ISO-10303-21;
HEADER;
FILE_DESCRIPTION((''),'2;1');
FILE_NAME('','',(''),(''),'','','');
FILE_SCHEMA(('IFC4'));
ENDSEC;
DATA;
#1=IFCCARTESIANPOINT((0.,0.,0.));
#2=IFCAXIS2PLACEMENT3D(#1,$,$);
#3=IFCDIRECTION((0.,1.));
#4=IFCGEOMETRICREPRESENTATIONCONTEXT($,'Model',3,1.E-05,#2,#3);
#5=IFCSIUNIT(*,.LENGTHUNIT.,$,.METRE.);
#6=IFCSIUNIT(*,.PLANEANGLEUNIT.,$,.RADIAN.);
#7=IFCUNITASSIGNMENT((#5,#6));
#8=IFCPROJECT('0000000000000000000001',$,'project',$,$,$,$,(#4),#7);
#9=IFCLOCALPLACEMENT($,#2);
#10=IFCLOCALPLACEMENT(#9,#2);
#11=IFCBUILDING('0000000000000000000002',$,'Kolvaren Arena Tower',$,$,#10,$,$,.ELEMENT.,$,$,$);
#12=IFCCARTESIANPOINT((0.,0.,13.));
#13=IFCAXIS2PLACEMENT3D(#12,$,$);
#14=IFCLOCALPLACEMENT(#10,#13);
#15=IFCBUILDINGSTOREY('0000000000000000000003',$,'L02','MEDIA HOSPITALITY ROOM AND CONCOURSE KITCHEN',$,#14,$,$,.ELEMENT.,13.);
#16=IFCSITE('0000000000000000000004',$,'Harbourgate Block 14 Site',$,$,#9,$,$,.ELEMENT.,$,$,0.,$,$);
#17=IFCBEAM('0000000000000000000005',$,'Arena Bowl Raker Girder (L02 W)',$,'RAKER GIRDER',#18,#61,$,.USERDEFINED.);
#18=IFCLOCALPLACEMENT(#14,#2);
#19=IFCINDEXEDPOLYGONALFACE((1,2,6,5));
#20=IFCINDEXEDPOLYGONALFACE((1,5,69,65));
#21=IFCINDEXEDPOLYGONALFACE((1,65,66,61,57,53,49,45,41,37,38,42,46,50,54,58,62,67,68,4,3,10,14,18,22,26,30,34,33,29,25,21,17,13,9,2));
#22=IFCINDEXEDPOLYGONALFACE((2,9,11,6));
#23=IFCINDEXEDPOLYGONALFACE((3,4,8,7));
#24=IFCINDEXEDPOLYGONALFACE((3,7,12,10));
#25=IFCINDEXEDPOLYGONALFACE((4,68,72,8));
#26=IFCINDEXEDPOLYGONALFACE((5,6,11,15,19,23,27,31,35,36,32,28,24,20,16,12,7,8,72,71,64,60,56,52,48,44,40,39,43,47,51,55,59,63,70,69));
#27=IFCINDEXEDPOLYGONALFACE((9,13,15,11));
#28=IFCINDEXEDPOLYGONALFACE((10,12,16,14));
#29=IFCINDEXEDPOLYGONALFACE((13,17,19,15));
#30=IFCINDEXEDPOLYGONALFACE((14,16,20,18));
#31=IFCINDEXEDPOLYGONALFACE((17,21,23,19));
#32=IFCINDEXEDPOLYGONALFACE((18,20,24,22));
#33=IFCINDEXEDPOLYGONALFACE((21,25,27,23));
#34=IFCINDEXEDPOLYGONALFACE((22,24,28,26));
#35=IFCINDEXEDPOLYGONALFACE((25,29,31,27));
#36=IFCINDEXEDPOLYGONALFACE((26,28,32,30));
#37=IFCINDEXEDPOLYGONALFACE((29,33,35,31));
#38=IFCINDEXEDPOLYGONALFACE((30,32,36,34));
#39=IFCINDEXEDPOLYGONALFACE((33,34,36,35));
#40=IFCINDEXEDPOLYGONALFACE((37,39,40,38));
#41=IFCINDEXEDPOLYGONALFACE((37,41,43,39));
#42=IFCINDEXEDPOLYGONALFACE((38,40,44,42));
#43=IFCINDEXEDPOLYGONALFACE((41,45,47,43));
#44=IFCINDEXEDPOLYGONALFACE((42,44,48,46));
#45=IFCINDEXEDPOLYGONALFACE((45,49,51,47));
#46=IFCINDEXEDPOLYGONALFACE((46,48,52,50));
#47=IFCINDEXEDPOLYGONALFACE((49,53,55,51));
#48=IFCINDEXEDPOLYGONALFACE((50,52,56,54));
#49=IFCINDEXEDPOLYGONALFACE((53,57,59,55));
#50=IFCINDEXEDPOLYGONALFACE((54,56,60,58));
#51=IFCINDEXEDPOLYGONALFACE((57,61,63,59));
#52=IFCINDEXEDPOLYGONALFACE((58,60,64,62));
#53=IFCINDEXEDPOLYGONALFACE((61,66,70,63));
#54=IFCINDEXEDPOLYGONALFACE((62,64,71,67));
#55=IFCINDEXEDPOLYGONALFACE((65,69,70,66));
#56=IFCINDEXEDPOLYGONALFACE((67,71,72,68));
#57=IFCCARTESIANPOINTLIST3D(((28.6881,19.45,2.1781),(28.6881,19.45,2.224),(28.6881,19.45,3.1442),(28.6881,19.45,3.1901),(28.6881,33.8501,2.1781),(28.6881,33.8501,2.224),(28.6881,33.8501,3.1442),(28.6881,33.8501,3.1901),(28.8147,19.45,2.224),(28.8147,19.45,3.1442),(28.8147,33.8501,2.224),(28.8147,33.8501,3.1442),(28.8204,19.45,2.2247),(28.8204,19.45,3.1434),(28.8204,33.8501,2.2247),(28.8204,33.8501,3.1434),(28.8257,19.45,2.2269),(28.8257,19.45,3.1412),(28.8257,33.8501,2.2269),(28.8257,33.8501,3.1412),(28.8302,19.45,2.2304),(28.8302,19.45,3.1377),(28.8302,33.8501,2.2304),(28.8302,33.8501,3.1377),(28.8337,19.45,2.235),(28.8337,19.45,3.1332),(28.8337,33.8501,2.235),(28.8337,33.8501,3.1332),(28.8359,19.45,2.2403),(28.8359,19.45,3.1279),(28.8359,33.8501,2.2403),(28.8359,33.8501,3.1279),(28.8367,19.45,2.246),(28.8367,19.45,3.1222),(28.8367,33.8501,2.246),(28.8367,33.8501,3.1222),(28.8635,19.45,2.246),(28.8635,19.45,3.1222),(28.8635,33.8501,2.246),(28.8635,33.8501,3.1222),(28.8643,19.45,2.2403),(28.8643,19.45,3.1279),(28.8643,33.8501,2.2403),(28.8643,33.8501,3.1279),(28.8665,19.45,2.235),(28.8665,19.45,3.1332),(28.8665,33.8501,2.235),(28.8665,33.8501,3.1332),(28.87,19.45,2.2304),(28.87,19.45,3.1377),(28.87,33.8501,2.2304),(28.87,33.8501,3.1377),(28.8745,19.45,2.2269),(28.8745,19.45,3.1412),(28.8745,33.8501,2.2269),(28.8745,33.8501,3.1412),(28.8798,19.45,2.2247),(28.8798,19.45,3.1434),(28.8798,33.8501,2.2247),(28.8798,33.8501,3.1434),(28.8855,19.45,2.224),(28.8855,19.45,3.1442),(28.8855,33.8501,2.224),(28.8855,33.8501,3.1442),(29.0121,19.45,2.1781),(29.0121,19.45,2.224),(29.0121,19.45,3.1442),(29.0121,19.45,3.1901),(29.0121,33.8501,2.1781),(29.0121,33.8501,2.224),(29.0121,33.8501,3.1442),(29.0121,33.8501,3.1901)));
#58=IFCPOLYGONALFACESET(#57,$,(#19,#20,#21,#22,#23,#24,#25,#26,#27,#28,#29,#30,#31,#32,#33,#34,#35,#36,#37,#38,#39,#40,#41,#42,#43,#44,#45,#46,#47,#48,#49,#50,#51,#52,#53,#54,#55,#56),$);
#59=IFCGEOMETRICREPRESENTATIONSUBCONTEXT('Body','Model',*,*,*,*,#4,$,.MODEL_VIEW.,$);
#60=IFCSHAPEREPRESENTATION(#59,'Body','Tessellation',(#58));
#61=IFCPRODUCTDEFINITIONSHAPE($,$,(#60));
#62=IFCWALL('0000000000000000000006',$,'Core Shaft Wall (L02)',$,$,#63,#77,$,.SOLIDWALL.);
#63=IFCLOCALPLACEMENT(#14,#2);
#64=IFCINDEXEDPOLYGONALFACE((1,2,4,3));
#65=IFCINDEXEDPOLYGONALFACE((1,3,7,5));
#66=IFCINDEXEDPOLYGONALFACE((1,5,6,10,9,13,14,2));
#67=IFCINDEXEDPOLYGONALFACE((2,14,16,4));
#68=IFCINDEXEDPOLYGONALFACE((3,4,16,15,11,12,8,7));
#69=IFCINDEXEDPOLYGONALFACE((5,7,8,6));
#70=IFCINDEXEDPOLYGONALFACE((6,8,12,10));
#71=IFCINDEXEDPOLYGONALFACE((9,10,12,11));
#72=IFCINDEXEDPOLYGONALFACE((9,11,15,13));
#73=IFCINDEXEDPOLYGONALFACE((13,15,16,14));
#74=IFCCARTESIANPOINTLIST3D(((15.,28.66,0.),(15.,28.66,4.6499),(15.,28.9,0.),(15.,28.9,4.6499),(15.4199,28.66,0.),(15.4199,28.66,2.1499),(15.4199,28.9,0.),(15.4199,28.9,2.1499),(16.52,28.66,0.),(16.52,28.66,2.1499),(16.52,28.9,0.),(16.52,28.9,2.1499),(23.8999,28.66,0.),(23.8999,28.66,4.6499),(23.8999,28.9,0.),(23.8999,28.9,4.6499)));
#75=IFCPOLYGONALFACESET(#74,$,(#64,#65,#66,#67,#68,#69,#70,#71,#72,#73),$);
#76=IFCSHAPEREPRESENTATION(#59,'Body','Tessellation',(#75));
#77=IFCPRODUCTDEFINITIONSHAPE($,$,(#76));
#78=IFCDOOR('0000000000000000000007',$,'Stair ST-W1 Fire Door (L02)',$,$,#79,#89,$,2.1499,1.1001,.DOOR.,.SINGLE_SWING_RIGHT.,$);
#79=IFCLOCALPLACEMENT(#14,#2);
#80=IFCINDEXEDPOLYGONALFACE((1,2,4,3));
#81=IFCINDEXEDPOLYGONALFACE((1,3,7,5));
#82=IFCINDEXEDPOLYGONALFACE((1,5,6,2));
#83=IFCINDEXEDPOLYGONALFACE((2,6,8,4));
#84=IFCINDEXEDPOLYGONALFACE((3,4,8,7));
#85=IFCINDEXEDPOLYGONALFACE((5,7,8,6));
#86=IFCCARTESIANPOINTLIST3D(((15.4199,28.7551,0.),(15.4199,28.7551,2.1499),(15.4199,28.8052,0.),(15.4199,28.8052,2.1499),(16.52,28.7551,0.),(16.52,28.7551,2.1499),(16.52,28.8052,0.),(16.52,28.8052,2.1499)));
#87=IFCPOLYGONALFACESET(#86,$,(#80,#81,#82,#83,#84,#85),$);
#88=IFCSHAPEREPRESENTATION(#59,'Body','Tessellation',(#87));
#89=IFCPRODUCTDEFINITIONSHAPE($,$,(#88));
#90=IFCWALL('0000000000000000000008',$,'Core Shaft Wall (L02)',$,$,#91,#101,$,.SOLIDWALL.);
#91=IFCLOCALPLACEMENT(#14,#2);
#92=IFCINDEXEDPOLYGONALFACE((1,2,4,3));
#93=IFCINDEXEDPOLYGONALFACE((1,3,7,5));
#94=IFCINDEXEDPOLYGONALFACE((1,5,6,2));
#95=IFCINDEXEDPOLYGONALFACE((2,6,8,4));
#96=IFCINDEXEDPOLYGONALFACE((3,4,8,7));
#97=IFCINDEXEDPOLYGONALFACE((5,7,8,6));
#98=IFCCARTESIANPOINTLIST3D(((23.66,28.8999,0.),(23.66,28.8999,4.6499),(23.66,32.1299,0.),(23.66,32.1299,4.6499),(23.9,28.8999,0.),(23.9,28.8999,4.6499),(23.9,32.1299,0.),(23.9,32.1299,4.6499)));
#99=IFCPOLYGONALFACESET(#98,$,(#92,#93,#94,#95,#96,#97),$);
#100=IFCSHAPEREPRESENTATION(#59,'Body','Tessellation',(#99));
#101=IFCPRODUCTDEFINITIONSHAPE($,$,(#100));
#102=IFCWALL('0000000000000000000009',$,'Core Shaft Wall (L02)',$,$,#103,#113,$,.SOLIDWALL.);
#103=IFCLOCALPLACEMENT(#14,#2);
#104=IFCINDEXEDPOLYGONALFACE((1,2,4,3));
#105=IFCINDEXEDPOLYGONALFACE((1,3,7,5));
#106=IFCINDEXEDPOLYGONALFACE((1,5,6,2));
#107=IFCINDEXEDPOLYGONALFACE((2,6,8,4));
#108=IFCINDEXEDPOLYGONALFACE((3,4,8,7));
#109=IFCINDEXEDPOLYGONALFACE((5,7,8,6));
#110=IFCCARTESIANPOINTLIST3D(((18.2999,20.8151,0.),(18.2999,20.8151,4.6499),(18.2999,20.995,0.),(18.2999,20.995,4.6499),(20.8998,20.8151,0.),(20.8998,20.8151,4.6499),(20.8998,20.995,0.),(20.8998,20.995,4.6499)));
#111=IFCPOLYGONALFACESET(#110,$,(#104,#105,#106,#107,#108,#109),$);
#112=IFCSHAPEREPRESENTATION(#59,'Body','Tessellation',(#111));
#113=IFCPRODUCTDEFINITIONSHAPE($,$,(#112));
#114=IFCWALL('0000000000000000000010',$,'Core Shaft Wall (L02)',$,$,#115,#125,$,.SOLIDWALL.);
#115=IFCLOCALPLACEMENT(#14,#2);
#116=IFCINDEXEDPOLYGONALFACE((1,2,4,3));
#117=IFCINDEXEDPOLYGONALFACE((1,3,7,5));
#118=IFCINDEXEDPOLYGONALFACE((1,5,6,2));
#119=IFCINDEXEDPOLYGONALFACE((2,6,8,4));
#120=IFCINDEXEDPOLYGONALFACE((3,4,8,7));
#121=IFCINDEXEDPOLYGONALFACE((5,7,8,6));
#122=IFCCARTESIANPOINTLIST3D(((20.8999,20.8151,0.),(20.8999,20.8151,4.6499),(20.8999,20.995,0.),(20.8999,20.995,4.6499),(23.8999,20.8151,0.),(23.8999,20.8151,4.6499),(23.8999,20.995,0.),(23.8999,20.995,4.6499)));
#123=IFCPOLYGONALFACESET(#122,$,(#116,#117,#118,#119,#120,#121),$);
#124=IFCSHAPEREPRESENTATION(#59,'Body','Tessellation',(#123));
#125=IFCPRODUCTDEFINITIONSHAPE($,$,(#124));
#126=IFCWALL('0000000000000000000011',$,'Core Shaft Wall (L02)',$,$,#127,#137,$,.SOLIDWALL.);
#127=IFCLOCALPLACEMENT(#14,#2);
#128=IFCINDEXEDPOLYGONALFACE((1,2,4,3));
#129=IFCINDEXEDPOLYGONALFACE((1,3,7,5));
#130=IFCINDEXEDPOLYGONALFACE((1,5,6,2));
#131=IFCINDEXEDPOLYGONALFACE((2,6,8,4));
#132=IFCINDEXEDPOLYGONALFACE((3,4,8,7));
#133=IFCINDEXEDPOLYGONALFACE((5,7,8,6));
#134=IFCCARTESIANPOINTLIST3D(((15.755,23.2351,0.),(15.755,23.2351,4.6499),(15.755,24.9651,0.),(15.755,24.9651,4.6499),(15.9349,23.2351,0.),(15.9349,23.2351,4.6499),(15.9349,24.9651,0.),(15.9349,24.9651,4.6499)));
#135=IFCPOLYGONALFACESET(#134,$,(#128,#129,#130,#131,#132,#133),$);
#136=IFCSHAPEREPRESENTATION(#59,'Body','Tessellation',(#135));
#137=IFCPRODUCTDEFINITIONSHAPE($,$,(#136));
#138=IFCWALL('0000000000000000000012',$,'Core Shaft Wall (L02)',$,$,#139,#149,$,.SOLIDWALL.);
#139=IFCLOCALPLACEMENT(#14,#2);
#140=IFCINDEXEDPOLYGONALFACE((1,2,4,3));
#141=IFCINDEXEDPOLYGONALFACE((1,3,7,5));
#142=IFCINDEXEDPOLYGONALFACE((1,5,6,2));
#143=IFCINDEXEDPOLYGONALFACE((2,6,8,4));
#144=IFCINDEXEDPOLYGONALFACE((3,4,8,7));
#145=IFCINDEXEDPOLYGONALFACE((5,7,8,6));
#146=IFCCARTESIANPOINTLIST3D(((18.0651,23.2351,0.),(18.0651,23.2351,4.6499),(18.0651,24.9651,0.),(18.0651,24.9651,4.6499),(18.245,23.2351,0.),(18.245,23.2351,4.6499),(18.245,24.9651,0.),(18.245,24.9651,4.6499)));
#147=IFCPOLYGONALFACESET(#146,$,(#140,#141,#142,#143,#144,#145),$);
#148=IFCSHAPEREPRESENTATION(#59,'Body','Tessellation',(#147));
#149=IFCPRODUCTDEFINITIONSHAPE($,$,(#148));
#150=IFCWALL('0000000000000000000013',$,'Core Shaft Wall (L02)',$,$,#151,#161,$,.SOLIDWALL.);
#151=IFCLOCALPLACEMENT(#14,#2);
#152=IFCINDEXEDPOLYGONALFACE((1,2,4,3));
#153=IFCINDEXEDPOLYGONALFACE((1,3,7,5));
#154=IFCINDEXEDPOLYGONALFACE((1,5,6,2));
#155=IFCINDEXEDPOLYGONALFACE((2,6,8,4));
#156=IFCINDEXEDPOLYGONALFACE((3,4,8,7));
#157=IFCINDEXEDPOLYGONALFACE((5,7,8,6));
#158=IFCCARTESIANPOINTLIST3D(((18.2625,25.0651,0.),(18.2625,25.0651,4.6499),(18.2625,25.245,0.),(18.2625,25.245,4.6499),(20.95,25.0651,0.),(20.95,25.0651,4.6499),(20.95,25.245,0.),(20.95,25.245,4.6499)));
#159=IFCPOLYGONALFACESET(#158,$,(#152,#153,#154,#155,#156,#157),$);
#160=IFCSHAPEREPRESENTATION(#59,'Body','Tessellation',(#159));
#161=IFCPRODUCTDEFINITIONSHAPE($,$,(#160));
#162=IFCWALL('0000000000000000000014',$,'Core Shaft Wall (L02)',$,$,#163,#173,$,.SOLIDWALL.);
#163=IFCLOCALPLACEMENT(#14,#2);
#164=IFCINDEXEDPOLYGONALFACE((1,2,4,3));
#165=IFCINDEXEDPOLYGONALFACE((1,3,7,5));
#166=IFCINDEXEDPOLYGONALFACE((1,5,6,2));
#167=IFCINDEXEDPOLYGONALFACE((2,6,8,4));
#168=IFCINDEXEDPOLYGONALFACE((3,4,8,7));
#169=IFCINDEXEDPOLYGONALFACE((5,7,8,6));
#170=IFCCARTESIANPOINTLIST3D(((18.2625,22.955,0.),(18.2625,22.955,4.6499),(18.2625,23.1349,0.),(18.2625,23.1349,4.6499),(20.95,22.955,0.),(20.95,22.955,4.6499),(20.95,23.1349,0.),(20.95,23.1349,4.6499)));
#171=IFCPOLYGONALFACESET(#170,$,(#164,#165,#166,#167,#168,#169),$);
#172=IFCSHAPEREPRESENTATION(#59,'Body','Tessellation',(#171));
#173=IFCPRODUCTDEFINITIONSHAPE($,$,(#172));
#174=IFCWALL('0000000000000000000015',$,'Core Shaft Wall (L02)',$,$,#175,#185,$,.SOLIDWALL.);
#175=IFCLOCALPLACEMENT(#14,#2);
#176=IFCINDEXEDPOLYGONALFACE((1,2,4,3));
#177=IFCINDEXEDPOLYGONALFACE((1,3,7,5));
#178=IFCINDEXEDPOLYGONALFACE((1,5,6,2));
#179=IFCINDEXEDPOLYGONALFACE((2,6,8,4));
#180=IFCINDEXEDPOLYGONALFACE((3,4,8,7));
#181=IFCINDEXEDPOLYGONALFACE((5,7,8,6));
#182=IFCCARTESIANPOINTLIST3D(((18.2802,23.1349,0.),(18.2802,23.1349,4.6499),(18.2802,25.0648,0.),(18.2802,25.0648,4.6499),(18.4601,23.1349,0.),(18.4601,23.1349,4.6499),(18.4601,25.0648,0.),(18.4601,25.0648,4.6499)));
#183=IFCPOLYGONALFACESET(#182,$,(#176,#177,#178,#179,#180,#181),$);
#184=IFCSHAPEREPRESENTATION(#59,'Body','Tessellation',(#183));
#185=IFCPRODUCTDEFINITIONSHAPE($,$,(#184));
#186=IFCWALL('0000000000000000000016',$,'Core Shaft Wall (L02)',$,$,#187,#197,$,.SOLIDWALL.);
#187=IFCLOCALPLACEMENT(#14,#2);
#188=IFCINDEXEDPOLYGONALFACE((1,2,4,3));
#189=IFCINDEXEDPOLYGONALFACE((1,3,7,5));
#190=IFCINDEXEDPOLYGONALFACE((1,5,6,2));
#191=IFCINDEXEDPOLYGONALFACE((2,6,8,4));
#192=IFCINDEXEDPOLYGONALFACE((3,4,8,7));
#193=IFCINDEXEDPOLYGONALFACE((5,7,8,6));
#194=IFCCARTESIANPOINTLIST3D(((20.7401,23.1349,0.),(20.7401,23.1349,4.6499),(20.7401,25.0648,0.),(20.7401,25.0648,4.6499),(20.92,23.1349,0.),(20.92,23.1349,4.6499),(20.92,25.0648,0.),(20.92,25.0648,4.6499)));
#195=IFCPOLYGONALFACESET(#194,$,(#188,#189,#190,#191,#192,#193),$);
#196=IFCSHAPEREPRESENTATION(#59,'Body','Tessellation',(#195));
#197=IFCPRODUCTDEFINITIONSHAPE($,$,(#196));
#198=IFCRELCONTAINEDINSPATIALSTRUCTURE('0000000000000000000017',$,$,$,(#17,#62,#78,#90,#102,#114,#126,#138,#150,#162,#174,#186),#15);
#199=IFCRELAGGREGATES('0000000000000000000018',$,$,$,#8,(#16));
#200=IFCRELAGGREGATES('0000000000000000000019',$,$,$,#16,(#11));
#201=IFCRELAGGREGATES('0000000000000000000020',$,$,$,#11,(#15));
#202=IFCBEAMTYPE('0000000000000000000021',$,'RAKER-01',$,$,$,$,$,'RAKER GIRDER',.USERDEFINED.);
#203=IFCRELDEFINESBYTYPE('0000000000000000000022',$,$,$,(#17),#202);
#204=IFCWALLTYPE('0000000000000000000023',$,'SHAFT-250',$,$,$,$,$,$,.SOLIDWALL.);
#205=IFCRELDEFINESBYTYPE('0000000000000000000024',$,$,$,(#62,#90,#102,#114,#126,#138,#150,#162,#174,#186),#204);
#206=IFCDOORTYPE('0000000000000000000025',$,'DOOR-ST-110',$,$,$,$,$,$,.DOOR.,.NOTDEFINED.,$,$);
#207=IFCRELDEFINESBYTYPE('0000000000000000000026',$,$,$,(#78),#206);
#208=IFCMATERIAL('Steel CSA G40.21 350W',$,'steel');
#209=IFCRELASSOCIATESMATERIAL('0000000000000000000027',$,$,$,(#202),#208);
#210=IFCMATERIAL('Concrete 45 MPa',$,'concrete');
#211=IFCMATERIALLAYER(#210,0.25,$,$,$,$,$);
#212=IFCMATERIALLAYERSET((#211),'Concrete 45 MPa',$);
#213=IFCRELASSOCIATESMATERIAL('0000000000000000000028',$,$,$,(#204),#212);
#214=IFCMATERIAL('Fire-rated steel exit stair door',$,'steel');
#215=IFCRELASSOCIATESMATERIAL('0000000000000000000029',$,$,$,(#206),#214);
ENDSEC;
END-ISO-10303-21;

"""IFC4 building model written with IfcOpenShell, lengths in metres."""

from ifc_helpers import new_model, si_unit, direction, frame, frame_2d, origin, origin_2d, place, context, subcontext, project, spatial, rectangle, i_section, extrude, material, layer, layer_set, material_profile, profile_set, type_object, element, fill, save


model = new_model("IFC4")

# Units and contexts
model_context = context("Model", 3, precision=1e-05, world=origin(), true_north=direction((0.0, 1.0)))
body_context = subcontext(model_context, "Body", "Model", "MODEL_VIEW")
ifc_project = project(units=[si_unit("LENGTHUNIT", "METRE"), si_unit("PLANEANGLEUNIT", "RADIAN")], contexts=[model_context])

# Site, building, storey
site_placement = place(None, origin())
site = spatial("IfcSite", under=ifc_project, at=site_placement, Name="Harbourgate Block 14 Site", CompositionType="ELEMENT", RefElevation=0.0)
building_placement = place(site_placement, origin())
building = spatial("IfcBuilding", under=site, at=building_placement, Name="Kolvaren Arena Tower", CompositionType="ELEMENT")
storey_placement = place(building_placement, frame((0.0, 0.0, 13.0)))
storey = spatial("IfcBuildingStorey", under=building, at=storey_placement, Name="L02", Description="MEDIA HOSPITALITY ROOM AND CONCOURSE KITCHEN", CompositionType="ELEMENT", Elevation=13.0)

# Beam
ifc_material_1 = material(Name="Steel CSA G40.21 350W", Category="steel")
ifc_material_profile_1 = material_profile(ifc_material_1, i_section(OverallWidth=0.324, OverallDepth=1.012, WebThickness=0.0269, FlangeThickness=0.0459, FilletRadius=0.022, at=origin_2d()), Name="W1000x443")
ifc_profile_set_1 = profile_set([ifc_material_profile_1], Name="Steel CSA G40.21 350W")
beam_type_1 = type_object("IfcBeamType", Name="RAKER-01", ElementType="RAKER GIRDER", PredefinedType="USERDEFINED", material=ifc_profile_set_1)
beam_1_placement = place(storey_placement, frame((28.8501, 19.45, 2.6841), z_axis=(0.0, 1.0, 0.0), x_axis=(-1.0, 0.0, 0.0)))
element("IfcBeam", 1, at=beam_1_placement, inside=storey, type_object=beam_type_1, Name="Arena Bowl Raker Girder (L02 W)", ObjectType="RAKER GIRDER", PredefinedType="USERDEFINED", context=body_context, shape_type="SweptSolid", body=[
    extrude(i_section(OverallWidth=0.324, OverallDepth=1.012, WebThickness=0.0269, FlangeThickness=0.0459, FilletRadius=0.022, at=origin_2d()), origin(), (0.0, 0.0, 1.0), 14.4001),
])

# Wall, opening, door
ifc_material_2 = material(Name="Concrete 45 MPa", Category="concrete")
ifc_layer = layer(ifc_material_2, 0.25)
ifc_layer_set = layer_set([ifc_layer], Name="Concrete 45 MPa")
wall_type = type_object("IfcWallType", Name="SHAFT-250", PredefinedType="SOLIDWALL", material=ifc_layer_set)
wall_1_placement = place(storey_placement, frame((23.8999, 28.78, 0.0), z_axis=(0.0, 0.0, 1.0), x_axis=(-1.0, 0.0, 0.0)))
wall_1 = element("IfcWall", 2, at=wall_1_placement, inside=storey, type_object=wall_type, Name="Core Shaft Wall (L02)", PredefinedType="SOLIDWALL", context=body_context, shape_type="SweptSolid", body=[
    extrude(rectangle(XDim=8.8999, YDim=0.24, at=frame_2d((4.45, 0.0))), origin(), (0.0, 0.0, 1.0), 4.6499),
])
opening_placement = place(wall_1_placement, frame((7.3799, 0.0, 0.0)))
opening = element("IfcOpeningElement", 3, at=opening_placement, cuts=wall_1, PredefinedType="OPENING", context=body_context, shape_type="SweptSolid", body=[
    extrude(rectangle(XDim=1.1001, YDim=2.1499, at=frame_2d((0.55, 1.075))), frame((0.0, 0.1299, 0.0), z_axis=(0.0, -1.0, 0.0), x_axis=(1.0, 0.0, 0.0)), (0.0, 0.0, 1.0), 0.26),
])
ifc_material_3 = material(Name="Fire-rated steel exit stair door", Category="steel")
door_type = type_object("IfcDoorType", Name="DOOR-ST-110", OperationType="NOTDEFINED", PredefinedType="DOOR", material=ifc_material_3)
door_placement = place(opening_placement, origin())
door = element("IfcDoor", 4, at=door_placement, inside=storey, type_object=door_type, Name="Stair ST-W1 Fire Door (L02)", OperationType="SINGLE_SWING_RIGHT", OverallHeight=2.1499, OverallWidth=1.1001, PredefinedType="DOOR", context=body_context, shape_type="SweptSolid", body=[
    extrude(rectangle(XDim=1.1001, YDim=2.1499, at=frame_2d((0.55, 1.075))), frame((0.0, 0.0249, 0.0), z_axis=(0.0, -1.0, 0.0), x_axis=(1.0, 0.0, 0.0)), (0.0, 0.0, 1.0), 0.05),
])
fill(opening, door)

# Walls
wall_2_placement = place(storey_placement, frame((23.78, 28.8999, 0.0), z_axis=(0.0, 0.0, 1.0), x_axis=(0.0, 1.0, 0.0)))
element("IfcWall", 5, at=wall_2_placement, inside=storey, type_object=wall_type, Name="Core Shaft Wall (L02)", PredefinedType="SOLIDWALL", context=body_context, shape_type="SweptSolid", body=[
    extrude(rectangle(XDim=3.23, YDim=0.24, at=frame_2d((1.615, 0.0))), origin(), (0.0, 0.0, 1.0), 4.6499),
])
wall_3_placement = place(storey_placement, frame((18.3, 20.905, 0.0), z_axis=(0.0, 0.0, 1.0), x_axis=(1.0, 0.0, 0.0)))
element("IfcWall", 6, at=wall_3_placement, inside=storey, type_object=wall_type, Name="Core Shaft Wall (L02)", PredefinedType="SOLIDWALL", context=body_context, shape_type="SweptSolid", body=[
    extrude(rectangle(XDim=2.5999, YDim=0.1799, at=frame_2d((1.2998, 0.0))), origin(), (0.0, 0.0, 1.0), 4.6499),
])
wall_4_placement = place(storey_placement, frame((20.8999, 20.905, 0.0), z_axis=(0.0, 0.0, 1.0), x_axis=(1.0, 0.0, 0.0)))
element("IfcWall", 7, at=wall_4_placement, inside=storey, type_object=wall_type, Name="Core Shaft Wall (L02)", PredefinedType="SOLIDWALL", context=body_context, shape_type="SweptSolid", body=[
    extrude(rectangle(XDim=3.0, YDim=0.1799, at=frame_2d((1.5, 0.0))), origin(), (0.0, 0.0, 1.0), 4.6499),
])
for number, where, z_axis, x_axis, name in (
    (8, (15.845, 23.2351, 0.0), (0.0, 0.0, 1.0), (0.0, 1.0, 0.0), "Core Shaft Wall (L02)"),
    (9, (18.155, 23.2351, 0.0), (0.0, 0.0, 1.0), (0.0, 1.0, 0.0), "Core Shaft Wall (L02)"),
):
    element("IfcWall", number, at=place(storey_placement, frame(where, z_axis=z_axis, x_axis=x_axis)), inside=storey, type_object=wall_type, Name=name, PredefinedType="SOLIDWALL", context=body_context, shape_type="SweptSolid", body=[
        extrude(rectangle(XDim=1.73, YDim=0.1799, at=frame_2d((0.865, 0.0))), origin(), (0.0, 0.0, 1.0), 4.6499),
    ])
for number, where, z_axis, x_axis, name in (
    (10, (18.2625, 25.155, 0.0), (0.0, 0.0, 1.0), (1.0, 0.0, 0.0), "Core Shaft Wall (L02)"),
    (11, (18.2625, 23.0449, 0.0), (0.0, 0.0, 1.0), (1.0, 0.0, 0.0), "Core Shaft Wall (L02)"),
):
    element("IfcWall", number, at=place(storey_placement, frame(where, z_axis=z_axis, x_axis=x_axis)), inside=storey, type_object=wall_type, Name=name, PredefinedType="SOLIDWALL", context=body_context, shape_type="SweptSolid", body=[
        extrude(rectangle(XDim=2.6875, YDim=0.1799, at=frame_2d((1.3438, 0.0))), origin(), (0.0, 0.0, 1.0), 4.6499),
    ])
for number, where, z_axis, x_axis, name in (
    (12, (18.3701, 23.135, 0.0), (0.0, 0.0, 1.0), (0.0, 1.0, 0.0), "Core Shaft Wall (L02)"),
    (13, (20.8301, 23.135, 0.0), (0.0, 0.0, 1.0), (0.0, 1.0, 0.0), "Core Shaft Wall (L02)"),
):
    element("IfcWall", number, at=place(storey_placement, frame(where, z_axis=z_axis, x_axis=x_axis)), inside=storey, type_object=wall_type, Name=name, PredefinedType="SOLIDWALL", context=body_context, shape_type="SweptSolid", body=[
        extrude(rectangle(XDim=1.9299, YDim=0.1799, at=frame_2d((0.9648, 0.0))), origin(), (0.0, 0.0, 1.0), 4.6499),
    ])

save(model, "model.ifc")
